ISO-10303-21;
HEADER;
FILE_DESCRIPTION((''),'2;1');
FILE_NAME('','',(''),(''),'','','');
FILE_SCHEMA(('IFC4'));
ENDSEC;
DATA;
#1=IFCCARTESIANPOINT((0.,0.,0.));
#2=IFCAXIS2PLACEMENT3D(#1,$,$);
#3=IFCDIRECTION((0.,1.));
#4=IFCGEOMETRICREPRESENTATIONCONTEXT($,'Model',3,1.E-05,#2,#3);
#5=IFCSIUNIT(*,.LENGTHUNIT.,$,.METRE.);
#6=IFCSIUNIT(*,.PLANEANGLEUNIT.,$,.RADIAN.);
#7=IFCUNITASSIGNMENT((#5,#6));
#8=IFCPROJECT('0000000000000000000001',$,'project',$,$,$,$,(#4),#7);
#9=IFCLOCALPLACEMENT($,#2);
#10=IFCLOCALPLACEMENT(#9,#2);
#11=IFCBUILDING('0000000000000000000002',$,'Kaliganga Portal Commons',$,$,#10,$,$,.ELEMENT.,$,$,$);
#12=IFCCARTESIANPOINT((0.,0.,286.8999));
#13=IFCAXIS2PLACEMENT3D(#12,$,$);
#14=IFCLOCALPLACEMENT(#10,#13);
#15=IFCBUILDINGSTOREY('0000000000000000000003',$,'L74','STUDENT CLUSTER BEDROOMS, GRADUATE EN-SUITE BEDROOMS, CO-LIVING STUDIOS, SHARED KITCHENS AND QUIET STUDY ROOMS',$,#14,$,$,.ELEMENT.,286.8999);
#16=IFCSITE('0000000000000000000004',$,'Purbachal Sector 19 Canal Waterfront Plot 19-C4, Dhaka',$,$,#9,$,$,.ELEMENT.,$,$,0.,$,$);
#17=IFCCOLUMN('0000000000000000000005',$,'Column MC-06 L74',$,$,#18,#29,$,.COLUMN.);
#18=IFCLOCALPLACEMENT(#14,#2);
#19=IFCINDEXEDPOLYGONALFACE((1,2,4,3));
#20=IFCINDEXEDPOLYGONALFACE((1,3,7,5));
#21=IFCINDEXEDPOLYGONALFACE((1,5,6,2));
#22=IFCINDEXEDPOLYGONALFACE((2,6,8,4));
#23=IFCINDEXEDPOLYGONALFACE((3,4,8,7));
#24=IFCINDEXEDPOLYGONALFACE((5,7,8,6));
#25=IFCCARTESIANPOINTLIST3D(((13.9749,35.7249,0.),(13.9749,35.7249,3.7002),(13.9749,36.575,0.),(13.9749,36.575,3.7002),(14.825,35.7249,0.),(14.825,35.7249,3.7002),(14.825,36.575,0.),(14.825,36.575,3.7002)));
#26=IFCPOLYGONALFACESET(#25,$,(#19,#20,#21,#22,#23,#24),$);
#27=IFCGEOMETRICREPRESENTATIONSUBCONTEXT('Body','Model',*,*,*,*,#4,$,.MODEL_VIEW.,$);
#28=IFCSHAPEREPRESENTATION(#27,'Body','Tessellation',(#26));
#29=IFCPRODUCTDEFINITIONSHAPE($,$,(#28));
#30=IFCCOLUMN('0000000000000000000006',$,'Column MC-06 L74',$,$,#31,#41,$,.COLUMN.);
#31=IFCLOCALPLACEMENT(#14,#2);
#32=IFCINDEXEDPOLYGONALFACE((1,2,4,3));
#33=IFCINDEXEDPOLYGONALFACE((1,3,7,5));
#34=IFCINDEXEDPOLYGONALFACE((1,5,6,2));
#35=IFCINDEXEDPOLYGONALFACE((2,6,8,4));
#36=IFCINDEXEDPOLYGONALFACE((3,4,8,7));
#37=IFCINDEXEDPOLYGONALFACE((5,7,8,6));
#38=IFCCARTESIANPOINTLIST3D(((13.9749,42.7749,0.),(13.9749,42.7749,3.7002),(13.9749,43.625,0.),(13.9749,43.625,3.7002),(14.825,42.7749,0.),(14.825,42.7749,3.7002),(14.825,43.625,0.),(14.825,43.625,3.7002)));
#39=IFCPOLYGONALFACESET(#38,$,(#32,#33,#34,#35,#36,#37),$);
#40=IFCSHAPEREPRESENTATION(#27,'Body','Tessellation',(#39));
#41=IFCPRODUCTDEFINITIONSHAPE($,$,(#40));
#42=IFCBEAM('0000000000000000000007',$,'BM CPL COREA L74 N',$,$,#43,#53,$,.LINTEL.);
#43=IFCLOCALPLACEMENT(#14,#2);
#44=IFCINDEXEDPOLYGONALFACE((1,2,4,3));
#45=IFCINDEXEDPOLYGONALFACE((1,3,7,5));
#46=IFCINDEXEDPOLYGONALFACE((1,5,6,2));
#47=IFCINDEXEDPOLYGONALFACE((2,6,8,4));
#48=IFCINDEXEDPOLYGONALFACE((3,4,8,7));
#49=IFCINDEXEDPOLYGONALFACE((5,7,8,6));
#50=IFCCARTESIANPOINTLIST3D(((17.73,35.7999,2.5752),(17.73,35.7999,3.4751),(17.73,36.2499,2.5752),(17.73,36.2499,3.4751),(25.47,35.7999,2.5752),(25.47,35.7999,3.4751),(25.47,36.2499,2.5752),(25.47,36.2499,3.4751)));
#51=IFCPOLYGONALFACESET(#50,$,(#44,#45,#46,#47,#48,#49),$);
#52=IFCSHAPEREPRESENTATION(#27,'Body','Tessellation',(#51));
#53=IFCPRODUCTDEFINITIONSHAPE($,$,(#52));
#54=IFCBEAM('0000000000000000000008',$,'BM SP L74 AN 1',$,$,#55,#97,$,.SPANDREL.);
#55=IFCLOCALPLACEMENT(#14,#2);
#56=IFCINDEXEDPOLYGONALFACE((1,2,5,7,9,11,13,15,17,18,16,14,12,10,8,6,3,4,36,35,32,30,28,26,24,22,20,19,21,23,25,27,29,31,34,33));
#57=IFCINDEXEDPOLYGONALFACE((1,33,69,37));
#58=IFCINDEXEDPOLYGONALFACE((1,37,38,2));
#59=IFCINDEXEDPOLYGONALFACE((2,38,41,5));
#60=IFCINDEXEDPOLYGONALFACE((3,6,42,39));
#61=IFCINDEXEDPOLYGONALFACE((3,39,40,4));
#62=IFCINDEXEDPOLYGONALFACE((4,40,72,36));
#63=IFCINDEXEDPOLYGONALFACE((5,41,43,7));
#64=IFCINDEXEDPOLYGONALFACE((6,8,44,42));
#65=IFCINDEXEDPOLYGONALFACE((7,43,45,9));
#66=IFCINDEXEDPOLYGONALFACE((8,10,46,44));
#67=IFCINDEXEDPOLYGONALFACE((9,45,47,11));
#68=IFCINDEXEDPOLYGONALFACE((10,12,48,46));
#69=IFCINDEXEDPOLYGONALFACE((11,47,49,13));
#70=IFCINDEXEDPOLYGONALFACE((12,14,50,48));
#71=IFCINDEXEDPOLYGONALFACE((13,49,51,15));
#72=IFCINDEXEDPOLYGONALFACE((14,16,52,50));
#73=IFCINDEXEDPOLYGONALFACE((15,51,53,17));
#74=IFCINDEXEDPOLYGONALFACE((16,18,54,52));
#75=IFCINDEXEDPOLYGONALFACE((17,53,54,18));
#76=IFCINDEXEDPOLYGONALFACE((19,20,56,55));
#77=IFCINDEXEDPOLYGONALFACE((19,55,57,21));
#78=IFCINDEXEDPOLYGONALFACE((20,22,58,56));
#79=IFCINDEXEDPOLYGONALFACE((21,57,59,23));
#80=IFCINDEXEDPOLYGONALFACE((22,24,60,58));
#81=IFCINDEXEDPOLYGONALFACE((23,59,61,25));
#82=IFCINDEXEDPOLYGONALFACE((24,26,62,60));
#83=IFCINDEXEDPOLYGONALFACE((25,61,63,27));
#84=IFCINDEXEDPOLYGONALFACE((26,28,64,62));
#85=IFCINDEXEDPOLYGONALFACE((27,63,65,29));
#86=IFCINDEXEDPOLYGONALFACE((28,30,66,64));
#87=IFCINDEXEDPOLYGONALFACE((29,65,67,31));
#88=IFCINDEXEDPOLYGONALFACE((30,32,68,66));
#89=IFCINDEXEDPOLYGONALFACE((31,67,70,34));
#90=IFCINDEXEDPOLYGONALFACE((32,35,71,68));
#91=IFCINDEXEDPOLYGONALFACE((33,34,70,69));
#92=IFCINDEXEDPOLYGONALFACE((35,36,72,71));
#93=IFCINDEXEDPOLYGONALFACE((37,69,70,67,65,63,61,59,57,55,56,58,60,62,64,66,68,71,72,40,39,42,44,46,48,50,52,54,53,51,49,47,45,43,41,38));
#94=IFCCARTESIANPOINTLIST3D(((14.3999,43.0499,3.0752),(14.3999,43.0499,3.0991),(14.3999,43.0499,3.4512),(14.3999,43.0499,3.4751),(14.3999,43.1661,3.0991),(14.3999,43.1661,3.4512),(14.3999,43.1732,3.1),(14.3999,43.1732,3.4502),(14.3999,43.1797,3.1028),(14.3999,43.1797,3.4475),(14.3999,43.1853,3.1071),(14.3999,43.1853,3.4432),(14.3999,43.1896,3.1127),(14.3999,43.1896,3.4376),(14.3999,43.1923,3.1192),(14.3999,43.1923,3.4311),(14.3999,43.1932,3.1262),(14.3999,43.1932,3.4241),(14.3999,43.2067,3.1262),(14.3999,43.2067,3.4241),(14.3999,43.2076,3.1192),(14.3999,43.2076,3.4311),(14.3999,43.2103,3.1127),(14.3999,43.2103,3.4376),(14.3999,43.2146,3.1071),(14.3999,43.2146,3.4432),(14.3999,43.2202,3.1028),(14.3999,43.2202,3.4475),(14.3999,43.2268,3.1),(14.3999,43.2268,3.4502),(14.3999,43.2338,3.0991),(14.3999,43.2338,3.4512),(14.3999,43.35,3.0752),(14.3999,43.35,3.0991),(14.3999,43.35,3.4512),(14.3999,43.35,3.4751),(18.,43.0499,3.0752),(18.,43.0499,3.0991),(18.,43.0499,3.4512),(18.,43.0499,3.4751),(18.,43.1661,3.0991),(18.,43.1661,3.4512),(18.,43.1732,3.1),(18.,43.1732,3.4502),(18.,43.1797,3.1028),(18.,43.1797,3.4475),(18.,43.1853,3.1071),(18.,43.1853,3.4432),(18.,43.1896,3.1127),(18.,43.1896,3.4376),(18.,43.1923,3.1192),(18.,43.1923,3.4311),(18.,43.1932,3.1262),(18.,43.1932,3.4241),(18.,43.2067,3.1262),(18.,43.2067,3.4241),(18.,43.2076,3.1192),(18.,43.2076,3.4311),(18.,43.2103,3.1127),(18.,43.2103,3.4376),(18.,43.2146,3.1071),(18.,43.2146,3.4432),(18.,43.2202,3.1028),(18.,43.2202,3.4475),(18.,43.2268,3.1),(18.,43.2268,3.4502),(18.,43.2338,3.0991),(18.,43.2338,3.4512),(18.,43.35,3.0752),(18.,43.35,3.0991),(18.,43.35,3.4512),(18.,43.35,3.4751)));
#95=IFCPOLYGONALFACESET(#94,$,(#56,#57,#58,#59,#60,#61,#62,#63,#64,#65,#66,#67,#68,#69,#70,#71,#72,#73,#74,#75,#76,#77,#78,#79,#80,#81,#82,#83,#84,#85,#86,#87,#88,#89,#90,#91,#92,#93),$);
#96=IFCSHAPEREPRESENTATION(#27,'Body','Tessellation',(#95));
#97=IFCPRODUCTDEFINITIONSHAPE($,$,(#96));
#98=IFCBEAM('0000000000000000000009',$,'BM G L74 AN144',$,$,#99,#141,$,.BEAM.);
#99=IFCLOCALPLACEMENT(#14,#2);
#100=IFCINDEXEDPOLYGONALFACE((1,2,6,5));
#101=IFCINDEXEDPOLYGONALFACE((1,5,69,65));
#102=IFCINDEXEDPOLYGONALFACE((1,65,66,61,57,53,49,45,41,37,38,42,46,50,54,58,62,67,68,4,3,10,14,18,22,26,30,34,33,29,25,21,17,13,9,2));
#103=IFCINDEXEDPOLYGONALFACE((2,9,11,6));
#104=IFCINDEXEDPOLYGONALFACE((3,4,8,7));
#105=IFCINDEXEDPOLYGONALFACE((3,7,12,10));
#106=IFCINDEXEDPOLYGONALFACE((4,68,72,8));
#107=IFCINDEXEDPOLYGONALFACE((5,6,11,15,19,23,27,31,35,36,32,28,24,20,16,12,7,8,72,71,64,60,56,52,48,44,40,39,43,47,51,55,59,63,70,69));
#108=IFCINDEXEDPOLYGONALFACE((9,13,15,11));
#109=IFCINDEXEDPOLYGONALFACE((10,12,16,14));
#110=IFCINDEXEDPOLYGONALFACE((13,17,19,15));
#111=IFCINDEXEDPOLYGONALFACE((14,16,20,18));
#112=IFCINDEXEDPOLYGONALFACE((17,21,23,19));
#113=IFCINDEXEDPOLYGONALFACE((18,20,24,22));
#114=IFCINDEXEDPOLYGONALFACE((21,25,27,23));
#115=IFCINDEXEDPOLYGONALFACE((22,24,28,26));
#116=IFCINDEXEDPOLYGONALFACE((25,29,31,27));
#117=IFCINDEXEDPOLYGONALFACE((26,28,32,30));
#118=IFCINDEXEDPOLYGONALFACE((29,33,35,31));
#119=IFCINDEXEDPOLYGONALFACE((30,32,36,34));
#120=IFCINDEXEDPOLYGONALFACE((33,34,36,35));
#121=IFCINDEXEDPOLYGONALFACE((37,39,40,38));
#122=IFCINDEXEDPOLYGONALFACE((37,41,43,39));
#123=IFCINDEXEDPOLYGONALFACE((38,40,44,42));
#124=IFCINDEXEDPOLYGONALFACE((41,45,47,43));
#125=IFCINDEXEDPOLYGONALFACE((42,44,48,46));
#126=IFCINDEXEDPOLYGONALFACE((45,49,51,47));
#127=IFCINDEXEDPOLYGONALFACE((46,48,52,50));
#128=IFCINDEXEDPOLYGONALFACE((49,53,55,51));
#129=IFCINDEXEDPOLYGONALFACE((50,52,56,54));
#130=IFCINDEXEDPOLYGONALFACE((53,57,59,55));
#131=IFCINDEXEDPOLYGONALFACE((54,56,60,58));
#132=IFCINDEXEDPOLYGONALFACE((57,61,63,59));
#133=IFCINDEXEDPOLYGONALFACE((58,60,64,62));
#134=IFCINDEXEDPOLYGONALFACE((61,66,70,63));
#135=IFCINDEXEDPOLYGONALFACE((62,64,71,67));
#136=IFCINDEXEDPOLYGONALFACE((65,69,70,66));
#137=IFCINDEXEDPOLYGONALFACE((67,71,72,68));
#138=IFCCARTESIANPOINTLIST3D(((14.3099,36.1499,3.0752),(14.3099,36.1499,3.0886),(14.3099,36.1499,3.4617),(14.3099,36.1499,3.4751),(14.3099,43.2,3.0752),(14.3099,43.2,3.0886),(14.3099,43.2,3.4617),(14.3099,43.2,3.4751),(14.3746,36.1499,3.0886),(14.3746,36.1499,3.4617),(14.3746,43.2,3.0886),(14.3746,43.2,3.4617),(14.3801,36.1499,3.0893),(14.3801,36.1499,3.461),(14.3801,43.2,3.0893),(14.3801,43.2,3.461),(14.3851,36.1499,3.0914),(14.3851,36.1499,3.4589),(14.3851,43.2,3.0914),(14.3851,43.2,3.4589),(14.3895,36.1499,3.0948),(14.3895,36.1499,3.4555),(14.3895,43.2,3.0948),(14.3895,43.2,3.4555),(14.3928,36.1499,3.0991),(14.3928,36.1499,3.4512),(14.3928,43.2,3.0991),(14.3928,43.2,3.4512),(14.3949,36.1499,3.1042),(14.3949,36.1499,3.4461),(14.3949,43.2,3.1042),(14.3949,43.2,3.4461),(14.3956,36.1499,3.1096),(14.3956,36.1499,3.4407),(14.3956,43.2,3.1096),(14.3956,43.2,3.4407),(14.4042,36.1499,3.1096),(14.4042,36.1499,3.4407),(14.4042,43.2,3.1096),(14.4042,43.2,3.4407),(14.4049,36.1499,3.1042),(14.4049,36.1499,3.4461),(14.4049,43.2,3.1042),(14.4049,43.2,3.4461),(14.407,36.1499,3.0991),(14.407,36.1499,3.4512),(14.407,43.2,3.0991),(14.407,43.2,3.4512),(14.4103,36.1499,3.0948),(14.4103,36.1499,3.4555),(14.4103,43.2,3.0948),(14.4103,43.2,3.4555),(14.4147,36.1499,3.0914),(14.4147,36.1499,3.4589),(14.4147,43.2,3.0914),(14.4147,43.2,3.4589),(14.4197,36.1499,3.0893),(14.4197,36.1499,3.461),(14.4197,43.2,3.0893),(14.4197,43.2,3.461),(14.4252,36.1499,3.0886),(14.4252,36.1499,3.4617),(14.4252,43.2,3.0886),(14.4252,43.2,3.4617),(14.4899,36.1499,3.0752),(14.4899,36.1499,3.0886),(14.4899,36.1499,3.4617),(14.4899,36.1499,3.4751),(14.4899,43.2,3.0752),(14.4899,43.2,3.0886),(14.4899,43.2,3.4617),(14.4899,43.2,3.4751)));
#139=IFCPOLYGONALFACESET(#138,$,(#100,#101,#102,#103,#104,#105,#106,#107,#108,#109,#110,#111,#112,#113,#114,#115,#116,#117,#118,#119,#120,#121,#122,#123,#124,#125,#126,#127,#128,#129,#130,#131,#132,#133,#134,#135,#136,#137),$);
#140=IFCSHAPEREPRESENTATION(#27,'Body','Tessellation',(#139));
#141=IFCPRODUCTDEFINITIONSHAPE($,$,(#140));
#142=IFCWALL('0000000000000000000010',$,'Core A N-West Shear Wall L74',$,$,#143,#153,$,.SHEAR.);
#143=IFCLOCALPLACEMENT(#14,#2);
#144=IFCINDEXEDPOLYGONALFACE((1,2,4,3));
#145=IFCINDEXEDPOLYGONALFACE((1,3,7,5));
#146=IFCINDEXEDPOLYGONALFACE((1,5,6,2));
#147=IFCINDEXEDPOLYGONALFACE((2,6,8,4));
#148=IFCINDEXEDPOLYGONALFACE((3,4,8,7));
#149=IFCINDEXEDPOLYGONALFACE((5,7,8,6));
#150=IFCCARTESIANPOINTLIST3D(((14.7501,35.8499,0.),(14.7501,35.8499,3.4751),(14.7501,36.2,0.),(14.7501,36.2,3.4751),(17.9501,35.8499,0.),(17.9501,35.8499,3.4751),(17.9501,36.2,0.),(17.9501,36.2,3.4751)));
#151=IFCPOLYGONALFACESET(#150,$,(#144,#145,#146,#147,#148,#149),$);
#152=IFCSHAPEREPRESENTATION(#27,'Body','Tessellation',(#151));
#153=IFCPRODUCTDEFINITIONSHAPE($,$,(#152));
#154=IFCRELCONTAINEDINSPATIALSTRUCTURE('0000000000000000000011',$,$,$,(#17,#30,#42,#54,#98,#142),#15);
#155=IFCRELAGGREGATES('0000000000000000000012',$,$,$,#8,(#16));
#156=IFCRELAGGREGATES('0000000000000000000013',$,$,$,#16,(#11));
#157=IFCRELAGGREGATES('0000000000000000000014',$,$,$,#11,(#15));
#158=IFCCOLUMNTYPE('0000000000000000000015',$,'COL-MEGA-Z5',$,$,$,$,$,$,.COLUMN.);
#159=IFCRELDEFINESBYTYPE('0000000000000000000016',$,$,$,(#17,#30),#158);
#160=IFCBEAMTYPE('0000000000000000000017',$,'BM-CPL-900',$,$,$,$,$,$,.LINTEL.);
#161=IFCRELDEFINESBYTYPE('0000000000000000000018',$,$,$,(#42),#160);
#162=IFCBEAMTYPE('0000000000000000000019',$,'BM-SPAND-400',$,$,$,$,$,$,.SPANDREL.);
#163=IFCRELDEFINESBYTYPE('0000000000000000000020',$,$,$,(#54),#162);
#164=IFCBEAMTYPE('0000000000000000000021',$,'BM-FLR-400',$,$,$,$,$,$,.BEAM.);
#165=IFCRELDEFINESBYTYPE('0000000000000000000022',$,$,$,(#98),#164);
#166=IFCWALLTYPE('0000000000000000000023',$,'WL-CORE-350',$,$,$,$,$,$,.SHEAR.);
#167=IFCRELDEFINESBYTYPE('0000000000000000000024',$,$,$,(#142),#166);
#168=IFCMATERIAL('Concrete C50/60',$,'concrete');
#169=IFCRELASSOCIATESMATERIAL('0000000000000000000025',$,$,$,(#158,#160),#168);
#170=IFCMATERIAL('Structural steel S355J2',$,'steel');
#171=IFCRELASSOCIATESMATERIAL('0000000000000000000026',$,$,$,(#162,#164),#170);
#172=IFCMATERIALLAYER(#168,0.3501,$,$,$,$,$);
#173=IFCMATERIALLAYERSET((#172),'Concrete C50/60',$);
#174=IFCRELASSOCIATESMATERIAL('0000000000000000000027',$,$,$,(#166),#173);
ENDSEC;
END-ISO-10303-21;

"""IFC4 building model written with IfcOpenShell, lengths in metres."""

from ifc_helpers import new_model, si_unit, direction, frame, frame_2d, origin, origin_2d, place, context, subcontext, project, spatial, rectangle, i_section, extrude, source, transform, mapped, material, layer, layer_set, material_profile, profile_set, type_object, element, save


model = new_model("IFC4")

# Units and contexts
model_context = context("Model", 3, precision=1e-05, world=origin(), true_north=direction((0.0, 1.0)))
body_context = subcontext(model_context, "Body", "Model", "MODEL_VIEW")
ifc_project = project(units=[si_unit("LENGTHUNIT", "METRE"), si_unit("PLANEANGLEUNIT", "RADIAN")], contexts=[model_context])

# Site, building, storey
site_placement = place(None, origin())
site = spatial("IfcSite", under=ifc_project, at=site_placement, Name="Purbachal Sector 19 Canal Waterfront Plot 19-C4, Dhaka", CompositionType="ELEMENT", RefElevation=0.0)
building_placement = place(site_placement, origin())
building = spatial("IfcBuilding", under=site, at=building_placement, Name="Kaliganga Portal Commons", CompositionType="ELEMENT")
storey_placement = place(building_placement, frame((0.0, 0.0, 286.8999)))
storey = spatial("IfcBuildingStorey", under=building, at=storey_placement, Name="L74", Description="STUDENT CLUSTER BEDROOMS, GRADUATE EN-SUITE BEDROOMS, CO-LIVING STUDIOS, SHARED KITCHENS AND QUIET STUDY ROOMS", CompositionType="ELEMENT", Elevation=286.8999)

# Columns
ifc_material_1 = material(Name="Concrete C50/60", Category="concrete")
ifc_material_profile_1 = material_profile(ifc_material_1, rectangle(XDim=0.8501, YDim=0.8501, at=origin_2d()), Name="RC 850x850")
ifc_profile_set_1 = profile_set([ifc_material_profile_1], Name="Concrete C50/60")
column_type = type_object("IfcColumnType", Name="COL-MEGA-Z5", PredefinedType="COLUMN", material=ifc_profile_set_1)
shared_shape_1 = source(origin(), body_context, "Body", "SweptSolid", [
    extrude(rectangle(XDim=0.8501, YDim=0.8501, at=origin_2d()), origin(), (0.0, 0.0, 1.0), 3.7002),
])
for number, where, z_axis, x_axis, name in (
    (1, (14.3999, 36.1499, 0.0), (0.0, 0.0, 1.0), (1.0, 0.0, 0.0), "Column MC-06 L74"),
    (2, (14.3999, 43.2, 0.0), (0.0, 0.0, 1.0), (1.0, 0.0, 0.0), "Column MC-06 L74"),
):
    element("IfcColumn", number, at=place(storey_placement, frame(where, z_axis=z_axis, x_axis=x_axis)), inside=storey, type_object=column_type, Name=name, PredefinedType="COLUMN", context=body_context, shape_type="MappedRepresentation", body=[
        mapped(shared_shape_1, transform((0.0, 0.0, 0.0), x_axis=(1.0, 0.0, 0.0), y_axis=(0.0, 1.0, 0.0), z_axis=(0.0, 0.0, 1.0), scale=1.0)),
    ])

# Beams
ifc_material_profile_2 = material_profile(ifc_material_1, rectangle(XDim=0.45, YDim=0.8999, at=origin_2d()), Name="RC 450x900")
ifc_profile_set_2 = profile_set([ifc_material_profile_2], Name="Concrete C50/60")
beam_type_1 = type_object("IfcBeamType", Name="BM-CPL-900", PredefinedType="LINTEL", material=ifc_profile_set_2)
shared_shape_2 = source(origin(), body_context, "Body", "SweptSolid", [
    extrude(rectangle(XDim=0.45, YDim=0.8999, at=origin_2d()), origin(), (0.0, 0.0, 1.0), 7.74),
])
beam_1_placement = place(storey_placement, frame((17.73, 36.0249, 3.0251), z_axis=(1.0, 0.0, 0.0), x_axis=(0.0, 1.0, 0.0)))
element("IfcBeam", 3, at=beam_1_placement, inside=storey, type_object=beam_type_1, Name="BM CPL COREA L74 N", PredefinedType="LINTEL", context=body_context, shape_type="MappedRepresentation", body=[
    mapped(shared_shape_2, transform((0.0, 0.0, 0.0), x_axis=(1.0, 0.0, 0.0), y_axis=(0.0, 1.0, 0.0), z_axis=(0.0, 0.0, 1.0), scale=1.0)),
])
ifc_material_2 = material(Name="Structural steel S355J2", Category="steel")
ifc_material_profile_3 = material_profile(ifc_material_2, i_section(OverallWidth=0.3, OverallDepth=0.3999, WebThickness=0.0134, FlangeThickness=0.0239, FilletRadius=0.0271, at=origin_2d()), Name="HE 400 B")
ifc_profile_set_3 = profile_set([ifc_material_profile_3], Name="Structural steel S355J2 wide-flange")
beam_type_2 = type_object("IfcBeamType", Name="BM-SPAND-400", PredefinedType="SPANDREL", material=ifc_profile_set_3)
shared_shape_3 = source(origin(), body_context, "Body", "SweptSolid", [
    extrude(i_section(OverallWidth=0.3, OverallDepth=0.3999, WebThickness=0.0134, FlangeThickness=0.0239, FilletRadius=0.0271, at=origin_2d()), origin(), (0.0, 0.0, 1.0), 3.6001),
])
beam_2_placement = place(storey_placement, frame((14.3999, 43.2, 3.2751), z_axis=(1.0, 0.0, 0.0), x_axis=(0.0, 1.0, 0.0)))
element("IfcBeam", 4, at=beam_2_placement, inside=storey, type_object=beam_type_2, Name="BM SP L74 AN 1", PredefinedType="SPANDREL", context=body_context, shape_type="MappedRepresentation", body=[
    mapped(shared_shape_3, transform((0.0, 0.0, 0.0), x_axis=(1.0, 0.0, 0.0), y_axis=(0.0, 1.0, 0.0), z_axis=(0.0, 0.0, 1.0), scale=1.0)),
])
ifc_material_profile_4 = material_profile(ifc_material_2, i_section(OverallWidth=0.1799, OverallDepth=0.3999, WebThickness=0.0085, FlangeThickness=0.0134, FilletRadius=0.021, at=origin_2d()), Name="IPE 400")
ifc_profile_set_4 = profile_set([ifc_material_profile_4], Name="Structural steel S355J2 wide-flange")
beam_type_3 = type_object("IfcBeamType", Name="BM-FLR-400", PredefinedType="BEAM", material=ifc_profile_set_4)
shared_shape_4 = source(origin(), body_context, "Body", "SweptSolid", [
    extrude(i_section(OverallWidth=0.1799, OverallDepth=0.3999, WebThickness=0.0085, FlangeThickness=0.0134, FilletRadius=0.021, at=origin_2d()), origin(), (0.0, 0.0, 1.0), 7.05),
])
beam_3_placement = place(storey_placement, frame((14.3999, 36.1499, 3.2751), z_axis=(0.0, 1.0, 0.0), x_axis=(-1.0, 0.0, 0.0)))
element("IfcBeam", 5, at=beam_3_placement, inside=storey, type_object=beam_type_3, Name="BM G L74 AN144", PredefinedType="BEAM", context=body_context, shape_type="MappedRepresentation", body=[
    mapped(shared_shape_4, transform((0.0, 0.0, 0.0), x_axis=(1.0, 0.0, 0.0), y_axis=(0.0, 1.0, 0.0), z_axis=(0.0, 0.0, 1.0), scale=1.0)),
])

# Wall
ifc_layer_1 = layer(ifc_material_1, 0.3501)
ifc_layer_set_1 = layer_set([ifc_layer_1], Name="Concrete C50/60")
wall_type_1 = type_object("IfcWallType", Name="WL-CORE-350", PredefinedType="SHEAR", material=ifc_layer_set_1)
wall_1_placement = place(storey_placement, frame((14.75, 36.0249, 0.0), z_axis=(0.0, 0.0, 1.0), x_axis=(1.0, 0.0, 0.0)))
element("IfcWall", 6, at=wall_1_placement, inside=storey, type_object=wall_type_1, Name="Core A N-West Shear Wall L74", PredefinedType="SHEAR", context=body_context, shape_type="SweptSolid", body=[
    extrude(rectangle(XDim=3.2, YDim=0.3501, at=frame_2d((1.6001, 0.0))), origin(), (0.0, 0.0, 1.0), 3.4751),
])

save(model, "model.ifc")
